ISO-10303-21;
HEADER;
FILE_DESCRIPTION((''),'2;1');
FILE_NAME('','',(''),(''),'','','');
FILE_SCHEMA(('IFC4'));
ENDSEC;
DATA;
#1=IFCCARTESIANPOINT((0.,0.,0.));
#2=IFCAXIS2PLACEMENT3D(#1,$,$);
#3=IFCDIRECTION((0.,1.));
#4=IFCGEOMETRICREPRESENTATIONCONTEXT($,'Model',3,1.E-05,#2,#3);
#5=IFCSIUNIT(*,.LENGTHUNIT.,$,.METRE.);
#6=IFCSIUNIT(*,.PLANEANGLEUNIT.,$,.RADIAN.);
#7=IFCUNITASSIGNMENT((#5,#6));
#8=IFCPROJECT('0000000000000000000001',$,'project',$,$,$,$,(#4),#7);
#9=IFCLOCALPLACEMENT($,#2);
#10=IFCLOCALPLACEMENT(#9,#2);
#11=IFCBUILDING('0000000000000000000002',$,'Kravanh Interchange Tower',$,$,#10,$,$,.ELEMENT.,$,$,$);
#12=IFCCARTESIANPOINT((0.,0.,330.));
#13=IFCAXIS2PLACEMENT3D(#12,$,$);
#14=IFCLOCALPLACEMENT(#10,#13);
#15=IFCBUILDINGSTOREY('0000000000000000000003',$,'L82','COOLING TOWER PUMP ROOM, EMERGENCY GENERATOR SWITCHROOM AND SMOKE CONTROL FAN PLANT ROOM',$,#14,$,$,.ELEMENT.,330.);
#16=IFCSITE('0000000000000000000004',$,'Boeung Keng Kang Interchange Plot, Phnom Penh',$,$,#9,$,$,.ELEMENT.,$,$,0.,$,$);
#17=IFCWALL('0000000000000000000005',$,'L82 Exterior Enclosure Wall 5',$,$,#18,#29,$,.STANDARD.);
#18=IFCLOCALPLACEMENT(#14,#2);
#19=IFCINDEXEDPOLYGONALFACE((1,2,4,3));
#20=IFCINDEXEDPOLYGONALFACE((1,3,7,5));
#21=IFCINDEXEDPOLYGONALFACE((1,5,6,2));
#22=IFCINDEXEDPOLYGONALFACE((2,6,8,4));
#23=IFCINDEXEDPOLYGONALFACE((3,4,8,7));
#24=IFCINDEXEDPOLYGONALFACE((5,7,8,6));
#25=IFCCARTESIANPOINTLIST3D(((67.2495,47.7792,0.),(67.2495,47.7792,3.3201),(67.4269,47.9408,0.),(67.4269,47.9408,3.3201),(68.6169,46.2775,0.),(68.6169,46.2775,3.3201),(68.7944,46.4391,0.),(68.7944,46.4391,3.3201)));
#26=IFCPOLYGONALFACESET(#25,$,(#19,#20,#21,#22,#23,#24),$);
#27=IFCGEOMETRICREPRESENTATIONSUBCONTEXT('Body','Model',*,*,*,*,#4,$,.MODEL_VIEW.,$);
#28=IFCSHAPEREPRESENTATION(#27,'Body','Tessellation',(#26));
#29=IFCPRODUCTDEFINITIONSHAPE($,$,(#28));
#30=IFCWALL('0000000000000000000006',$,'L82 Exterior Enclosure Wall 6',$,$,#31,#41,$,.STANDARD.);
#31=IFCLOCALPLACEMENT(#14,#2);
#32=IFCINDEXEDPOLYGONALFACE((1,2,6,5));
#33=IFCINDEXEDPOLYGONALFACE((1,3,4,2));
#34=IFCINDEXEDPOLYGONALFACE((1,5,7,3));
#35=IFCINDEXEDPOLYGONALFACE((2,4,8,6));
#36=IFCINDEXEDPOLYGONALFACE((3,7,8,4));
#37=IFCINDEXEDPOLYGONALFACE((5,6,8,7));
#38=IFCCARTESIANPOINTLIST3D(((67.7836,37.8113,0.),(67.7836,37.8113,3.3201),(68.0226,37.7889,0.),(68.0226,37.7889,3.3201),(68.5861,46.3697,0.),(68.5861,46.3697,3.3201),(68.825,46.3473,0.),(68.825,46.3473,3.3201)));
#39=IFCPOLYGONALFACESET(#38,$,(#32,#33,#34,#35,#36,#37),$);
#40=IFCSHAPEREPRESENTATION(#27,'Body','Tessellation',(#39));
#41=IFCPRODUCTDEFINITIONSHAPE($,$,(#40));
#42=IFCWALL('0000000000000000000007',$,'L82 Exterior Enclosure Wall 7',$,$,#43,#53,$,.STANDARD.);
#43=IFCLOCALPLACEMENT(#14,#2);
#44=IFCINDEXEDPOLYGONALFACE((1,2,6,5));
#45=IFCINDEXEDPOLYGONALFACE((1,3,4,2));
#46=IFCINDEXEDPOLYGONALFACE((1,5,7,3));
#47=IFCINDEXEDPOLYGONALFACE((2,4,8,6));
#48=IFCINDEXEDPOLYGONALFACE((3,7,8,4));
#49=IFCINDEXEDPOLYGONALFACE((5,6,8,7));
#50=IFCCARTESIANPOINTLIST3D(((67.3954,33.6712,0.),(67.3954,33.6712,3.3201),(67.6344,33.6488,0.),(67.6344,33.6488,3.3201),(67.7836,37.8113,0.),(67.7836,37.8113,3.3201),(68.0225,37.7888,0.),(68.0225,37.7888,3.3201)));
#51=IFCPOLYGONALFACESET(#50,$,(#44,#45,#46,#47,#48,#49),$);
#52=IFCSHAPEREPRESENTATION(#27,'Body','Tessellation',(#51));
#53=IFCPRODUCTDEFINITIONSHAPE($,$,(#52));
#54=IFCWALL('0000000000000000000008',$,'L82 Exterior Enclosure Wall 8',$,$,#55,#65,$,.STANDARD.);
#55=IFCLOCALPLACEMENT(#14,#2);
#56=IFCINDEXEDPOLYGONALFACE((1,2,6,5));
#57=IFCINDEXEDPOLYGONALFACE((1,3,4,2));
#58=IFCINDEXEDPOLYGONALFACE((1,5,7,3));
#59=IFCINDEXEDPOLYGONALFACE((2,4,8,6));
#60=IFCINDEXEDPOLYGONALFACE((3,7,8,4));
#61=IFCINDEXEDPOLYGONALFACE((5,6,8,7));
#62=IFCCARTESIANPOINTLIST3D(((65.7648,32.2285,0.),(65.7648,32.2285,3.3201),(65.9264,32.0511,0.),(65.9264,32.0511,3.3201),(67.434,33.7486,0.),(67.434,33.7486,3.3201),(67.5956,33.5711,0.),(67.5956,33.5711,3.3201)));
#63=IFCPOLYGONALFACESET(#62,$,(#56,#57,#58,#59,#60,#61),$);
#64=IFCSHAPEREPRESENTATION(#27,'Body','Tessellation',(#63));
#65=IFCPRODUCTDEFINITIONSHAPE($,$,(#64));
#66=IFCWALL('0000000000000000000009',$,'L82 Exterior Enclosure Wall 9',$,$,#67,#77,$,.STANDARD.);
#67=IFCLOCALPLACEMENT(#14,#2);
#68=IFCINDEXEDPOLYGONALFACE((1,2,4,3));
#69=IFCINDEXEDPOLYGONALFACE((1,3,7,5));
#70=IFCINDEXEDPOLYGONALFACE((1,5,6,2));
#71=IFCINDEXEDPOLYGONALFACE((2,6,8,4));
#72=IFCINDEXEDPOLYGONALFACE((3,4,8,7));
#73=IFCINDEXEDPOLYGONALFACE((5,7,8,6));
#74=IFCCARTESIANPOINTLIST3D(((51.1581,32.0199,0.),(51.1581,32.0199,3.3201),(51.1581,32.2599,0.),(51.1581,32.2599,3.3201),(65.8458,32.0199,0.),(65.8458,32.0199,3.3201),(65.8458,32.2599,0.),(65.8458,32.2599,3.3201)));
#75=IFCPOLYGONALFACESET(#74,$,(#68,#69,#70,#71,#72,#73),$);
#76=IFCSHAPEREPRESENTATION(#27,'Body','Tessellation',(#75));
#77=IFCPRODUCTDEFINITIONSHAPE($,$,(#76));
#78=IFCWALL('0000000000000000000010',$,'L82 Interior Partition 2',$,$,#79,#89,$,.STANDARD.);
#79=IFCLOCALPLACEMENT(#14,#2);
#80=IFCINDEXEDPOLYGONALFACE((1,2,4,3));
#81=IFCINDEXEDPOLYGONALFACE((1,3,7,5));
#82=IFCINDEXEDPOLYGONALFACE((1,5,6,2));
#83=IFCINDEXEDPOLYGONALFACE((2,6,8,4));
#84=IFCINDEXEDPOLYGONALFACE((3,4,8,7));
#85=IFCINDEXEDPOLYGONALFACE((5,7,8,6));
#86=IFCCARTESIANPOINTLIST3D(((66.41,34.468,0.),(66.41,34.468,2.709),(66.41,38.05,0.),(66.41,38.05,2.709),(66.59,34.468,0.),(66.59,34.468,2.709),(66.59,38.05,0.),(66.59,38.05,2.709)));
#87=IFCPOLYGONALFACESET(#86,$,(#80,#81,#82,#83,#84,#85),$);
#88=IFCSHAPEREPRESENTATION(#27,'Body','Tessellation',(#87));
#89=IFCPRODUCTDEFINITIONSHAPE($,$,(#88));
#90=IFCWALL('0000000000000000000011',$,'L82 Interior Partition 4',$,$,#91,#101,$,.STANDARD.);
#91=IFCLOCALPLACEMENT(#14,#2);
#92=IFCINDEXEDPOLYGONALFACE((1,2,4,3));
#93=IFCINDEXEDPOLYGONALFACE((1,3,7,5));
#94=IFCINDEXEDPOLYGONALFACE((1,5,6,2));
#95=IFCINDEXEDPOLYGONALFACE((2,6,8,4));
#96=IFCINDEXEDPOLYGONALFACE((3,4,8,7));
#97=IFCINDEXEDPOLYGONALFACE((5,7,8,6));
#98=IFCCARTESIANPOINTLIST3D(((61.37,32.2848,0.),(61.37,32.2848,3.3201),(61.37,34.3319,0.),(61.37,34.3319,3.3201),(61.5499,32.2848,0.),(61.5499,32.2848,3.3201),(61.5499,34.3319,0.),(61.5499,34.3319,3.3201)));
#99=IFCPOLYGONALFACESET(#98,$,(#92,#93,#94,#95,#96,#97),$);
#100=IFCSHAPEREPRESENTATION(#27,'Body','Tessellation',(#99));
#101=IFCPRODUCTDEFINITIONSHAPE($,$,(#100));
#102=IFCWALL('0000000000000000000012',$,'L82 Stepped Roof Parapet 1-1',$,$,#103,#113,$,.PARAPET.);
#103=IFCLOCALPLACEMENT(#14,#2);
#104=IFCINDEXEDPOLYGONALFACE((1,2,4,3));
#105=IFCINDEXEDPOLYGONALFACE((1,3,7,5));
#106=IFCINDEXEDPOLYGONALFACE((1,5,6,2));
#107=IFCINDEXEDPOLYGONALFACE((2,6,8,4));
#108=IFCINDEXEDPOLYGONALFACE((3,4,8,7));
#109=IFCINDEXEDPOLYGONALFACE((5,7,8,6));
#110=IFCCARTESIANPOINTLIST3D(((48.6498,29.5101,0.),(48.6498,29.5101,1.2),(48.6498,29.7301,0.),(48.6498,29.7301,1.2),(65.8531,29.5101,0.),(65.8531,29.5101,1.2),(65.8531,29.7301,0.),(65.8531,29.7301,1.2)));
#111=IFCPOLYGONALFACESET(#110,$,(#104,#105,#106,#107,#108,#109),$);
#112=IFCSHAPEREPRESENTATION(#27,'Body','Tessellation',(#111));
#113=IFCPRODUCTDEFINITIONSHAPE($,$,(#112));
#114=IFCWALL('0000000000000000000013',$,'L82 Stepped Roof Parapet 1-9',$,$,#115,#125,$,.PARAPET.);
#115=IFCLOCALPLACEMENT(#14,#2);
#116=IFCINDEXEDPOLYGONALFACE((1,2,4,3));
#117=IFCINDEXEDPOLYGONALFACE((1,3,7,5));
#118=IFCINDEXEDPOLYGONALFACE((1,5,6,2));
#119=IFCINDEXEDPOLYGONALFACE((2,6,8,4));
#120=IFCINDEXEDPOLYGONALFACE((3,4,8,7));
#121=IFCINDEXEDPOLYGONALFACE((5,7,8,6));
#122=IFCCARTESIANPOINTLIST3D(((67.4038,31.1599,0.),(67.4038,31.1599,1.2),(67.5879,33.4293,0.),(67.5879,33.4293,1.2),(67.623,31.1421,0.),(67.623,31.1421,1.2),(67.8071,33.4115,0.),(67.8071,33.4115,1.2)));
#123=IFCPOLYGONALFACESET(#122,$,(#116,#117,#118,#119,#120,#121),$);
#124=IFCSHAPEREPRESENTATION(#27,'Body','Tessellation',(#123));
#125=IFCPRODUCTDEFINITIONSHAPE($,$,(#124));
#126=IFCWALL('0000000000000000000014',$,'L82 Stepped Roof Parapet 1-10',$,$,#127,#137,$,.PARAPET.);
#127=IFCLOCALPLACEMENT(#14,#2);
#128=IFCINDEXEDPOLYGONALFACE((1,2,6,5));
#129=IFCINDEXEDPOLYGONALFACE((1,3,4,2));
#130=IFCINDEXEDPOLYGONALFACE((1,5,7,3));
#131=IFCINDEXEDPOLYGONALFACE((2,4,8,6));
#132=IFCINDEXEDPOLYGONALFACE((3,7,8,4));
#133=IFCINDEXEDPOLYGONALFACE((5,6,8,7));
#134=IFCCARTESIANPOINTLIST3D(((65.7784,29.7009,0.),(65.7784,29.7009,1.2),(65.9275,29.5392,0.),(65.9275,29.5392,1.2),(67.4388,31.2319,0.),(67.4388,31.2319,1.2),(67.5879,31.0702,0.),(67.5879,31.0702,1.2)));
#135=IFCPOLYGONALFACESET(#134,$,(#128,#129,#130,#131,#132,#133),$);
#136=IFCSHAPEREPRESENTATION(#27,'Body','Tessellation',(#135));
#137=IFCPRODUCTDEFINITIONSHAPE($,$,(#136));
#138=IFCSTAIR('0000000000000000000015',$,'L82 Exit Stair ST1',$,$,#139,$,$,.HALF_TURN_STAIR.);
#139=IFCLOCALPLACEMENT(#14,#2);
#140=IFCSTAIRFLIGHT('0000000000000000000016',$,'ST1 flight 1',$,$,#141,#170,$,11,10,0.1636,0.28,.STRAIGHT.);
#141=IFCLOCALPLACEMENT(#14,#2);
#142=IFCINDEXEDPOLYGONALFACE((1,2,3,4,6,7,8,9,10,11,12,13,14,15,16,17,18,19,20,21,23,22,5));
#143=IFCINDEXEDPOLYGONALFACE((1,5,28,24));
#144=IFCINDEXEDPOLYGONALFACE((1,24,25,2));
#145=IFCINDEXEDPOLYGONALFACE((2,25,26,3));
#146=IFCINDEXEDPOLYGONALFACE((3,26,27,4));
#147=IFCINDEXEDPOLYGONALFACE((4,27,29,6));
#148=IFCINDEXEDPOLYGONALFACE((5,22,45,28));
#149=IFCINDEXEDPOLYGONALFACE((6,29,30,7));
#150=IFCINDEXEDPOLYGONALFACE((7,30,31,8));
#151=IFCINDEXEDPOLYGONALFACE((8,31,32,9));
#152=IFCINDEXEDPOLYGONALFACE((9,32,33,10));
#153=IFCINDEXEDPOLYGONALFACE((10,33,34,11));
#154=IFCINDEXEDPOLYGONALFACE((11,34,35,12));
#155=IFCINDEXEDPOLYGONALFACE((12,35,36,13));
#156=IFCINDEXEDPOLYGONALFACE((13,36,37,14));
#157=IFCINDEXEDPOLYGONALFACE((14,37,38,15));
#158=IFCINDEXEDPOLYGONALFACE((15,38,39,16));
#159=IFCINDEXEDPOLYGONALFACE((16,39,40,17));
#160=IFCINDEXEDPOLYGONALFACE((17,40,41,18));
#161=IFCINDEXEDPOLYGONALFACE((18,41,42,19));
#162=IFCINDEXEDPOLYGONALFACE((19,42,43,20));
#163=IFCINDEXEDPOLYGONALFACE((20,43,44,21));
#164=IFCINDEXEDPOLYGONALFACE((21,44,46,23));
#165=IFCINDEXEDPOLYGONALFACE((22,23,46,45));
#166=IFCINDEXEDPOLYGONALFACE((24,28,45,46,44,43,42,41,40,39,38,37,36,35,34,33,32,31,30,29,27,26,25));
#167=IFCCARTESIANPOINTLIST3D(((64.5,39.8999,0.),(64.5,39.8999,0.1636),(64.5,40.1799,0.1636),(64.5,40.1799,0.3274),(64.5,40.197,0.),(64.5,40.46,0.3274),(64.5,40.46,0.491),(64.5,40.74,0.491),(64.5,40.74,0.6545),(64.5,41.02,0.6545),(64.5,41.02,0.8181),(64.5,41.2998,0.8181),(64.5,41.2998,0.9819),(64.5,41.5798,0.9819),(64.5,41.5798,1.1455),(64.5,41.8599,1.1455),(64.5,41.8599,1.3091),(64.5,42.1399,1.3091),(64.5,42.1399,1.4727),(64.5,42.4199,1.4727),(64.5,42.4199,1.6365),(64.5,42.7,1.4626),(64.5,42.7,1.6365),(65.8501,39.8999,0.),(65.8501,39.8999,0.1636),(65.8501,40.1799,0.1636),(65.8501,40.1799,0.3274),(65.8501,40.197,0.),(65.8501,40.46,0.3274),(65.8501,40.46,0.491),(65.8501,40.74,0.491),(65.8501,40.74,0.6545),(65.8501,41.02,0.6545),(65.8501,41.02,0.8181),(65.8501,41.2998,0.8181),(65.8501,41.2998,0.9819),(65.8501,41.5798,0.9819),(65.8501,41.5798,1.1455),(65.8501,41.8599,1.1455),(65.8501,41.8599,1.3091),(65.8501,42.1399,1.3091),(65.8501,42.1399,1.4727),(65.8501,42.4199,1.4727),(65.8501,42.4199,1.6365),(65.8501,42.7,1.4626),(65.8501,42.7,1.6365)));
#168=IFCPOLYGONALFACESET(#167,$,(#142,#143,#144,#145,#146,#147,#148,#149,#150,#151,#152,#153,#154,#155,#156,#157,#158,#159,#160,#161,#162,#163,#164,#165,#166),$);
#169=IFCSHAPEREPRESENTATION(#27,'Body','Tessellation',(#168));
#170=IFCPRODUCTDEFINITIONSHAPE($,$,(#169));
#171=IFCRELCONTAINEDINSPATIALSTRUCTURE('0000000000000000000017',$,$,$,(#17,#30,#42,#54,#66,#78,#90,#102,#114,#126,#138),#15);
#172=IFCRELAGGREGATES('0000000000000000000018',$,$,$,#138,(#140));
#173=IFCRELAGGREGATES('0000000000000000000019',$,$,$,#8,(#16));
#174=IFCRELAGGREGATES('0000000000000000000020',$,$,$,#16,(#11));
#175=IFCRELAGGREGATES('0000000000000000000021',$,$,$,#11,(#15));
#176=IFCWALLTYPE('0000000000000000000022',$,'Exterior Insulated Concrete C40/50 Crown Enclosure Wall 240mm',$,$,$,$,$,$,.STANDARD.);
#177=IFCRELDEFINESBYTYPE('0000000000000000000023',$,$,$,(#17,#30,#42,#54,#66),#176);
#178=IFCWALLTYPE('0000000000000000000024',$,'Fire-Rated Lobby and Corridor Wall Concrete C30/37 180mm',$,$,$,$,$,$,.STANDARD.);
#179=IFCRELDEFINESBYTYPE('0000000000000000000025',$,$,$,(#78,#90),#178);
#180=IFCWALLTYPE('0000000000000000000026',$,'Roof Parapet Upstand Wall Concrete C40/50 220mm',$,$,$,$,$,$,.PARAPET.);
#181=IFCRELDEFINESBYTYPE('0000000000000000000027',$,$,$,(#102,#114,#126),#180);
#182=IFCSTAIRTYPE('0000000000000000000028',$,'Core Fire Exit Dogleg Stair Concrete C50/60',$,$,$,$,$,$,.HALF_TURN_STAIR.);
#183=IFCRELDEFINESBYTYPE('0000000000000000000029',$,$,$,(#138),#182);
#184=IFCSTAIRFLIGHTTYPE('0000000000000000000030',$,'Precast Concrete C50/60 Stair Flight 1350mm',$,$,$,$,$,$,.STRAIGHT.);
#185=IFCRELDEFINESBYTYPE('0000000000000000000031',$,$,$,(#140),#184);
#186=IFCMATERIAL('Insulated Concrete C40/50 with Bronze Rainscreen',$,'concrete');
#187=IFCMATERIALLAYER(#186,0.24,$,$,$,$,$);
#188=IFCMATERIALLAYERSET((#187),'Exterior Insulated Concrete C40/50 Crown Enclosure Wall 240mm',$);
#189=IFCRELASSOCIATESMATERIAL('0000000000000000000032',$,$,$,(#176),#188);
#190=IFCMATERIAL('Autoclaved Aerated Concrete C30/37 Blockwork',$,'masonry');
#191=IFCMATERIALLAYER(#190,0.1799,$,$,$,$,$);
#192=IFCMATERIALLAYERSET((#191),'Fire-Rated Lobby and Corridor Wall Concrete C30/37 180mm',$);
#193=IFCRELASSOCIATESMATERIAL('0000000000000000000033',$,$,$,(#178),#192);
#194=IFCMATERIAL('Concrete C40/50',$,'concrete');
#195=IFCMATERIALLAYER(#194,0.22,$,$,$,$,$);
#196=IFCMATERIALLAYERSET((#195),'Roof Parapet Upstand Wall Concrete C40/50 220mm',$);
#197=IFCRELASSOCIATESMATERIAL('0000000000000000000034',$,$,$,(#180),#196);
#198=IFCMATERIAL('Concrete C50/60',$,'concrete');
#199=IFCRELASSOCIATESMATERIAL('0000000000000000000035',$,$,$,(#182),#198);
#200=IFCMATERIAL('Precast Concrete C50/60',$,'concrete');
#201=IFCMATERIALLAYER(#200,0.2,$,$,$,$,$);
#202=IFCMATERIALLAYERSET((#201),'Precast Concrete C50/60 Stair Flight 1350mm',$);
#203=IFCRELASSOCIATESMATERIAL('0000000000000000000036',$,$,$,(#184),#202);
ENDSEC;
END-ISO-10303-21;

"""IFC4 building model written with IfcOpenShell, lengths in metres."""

from ifc_helpers import new_model, si_unit, direction, frame, frame_2d, origin, place, context, subcontext, project, spatial, polyline, rectangle, outline, extrude, material, layer, layer_set, type_object, element, aggregate, save


model = new_model("IFC4")

# Units and contexts
model_context = context("Model", 3, precision=1e-05, world=origin(), true_north=direction((0.0, 1.0)))
body_context = subcontext(model_context, "Body", "Model", "MODEL_VIEW")
ifc_project = project(units=[si_unit("LENGTHUNIT", "METRE"), si_unit("PLANEANGLEUNIT", "RADIAN")], contexts=[model_context])

# Site, building, storey
site_placement = place(None, origin())
site = spatial("IfcSite", under=ifc_project, at=site_placement, Name="Boeung Keng Kang Interchange Plot, Phnom Penh", CompositionType="ELEMENT", RefElevation=0.0)
building_placement = place(site_placement, origin())
building = spatial("IfcBuilding", under=site, at=building_placement, Name="Kravanh Interchange Tower", CompositionType="ELEMENT")
storey_placement = place(building_placement, frame((0.0, 0.0, 330.0)))
storey = spatial("IfcBuildingStorey", under=building, at=storey_placement, Name="L82", Description="COOLING TOWER PUMP ROOM, EMERGENCY GENERATOR SWITCHROOM AND SMOKE CONTROL FAN PLANT ROOM", CompositionType="ELEMENT", Elevation=330.0)

# Walls
ifc_material_1 = material(Name="Insulated Concrete C40/50 with Bronze Rainscreen", Category="concrete")
ifc_layer_1 = layer(ifc_material_1, 0.24)
ifc_layer_set_1 = layer_set([ifc_layer_1], Name="Exterior Insulated Concrete C40/50 Crown Enclosure Wall 240mm")
wall_type_1 = type_object("IfcWallType", Name="Exterior Insulated Concrete C40/50 Crown Enclosure Wall 240mm", PredefinedType="STANDARD", material=ifc_layer_set_1)
wall_1_placement = place(storey_placement, frame((67.3381, 47.8601, 0.0), z_axis=(0.0, 0.0, 1.0), x_axis=(0.673277, -0.73939, 0.0)))
element("IfcWall", 1, at=wall_1_placement, inside=storey, type_object=wall_type_1, Name="L82 Exterior Enclosure Wall 5", PredefinedType="STANDARD", context=body_context, shape_type="SweptSolid", body=[
    extrude(rectangle(XDim=2.031, YDim=0.24, at=frame_2d((1.0156, 0.0))), origin(), (0.0, 0.0, 1.0), 3.3201),
])
wall_2_placement = place(storey_placement, frame((68.7056, 46.3584, 0.0), z_axis=(0.0, 0.0, 1.0), x_axis=(-0.093357, -0.995633, 0.0)))
element("IfcWall", 2, at=wall_2_placement, inside=storey, type_object=wall_type_1, Name="L82 Exterior Enclosure Wall 6", PredefinedType="STANDARD", context=body_context, shape_type="SweptSolid", body=[
    extrude(rectangle(XDim=8.5959, YDim=0.24, at=frame_2d((4.2979, 0.0))), origin(), (0.0, 0.0, 1.0), 3.3201),
])
wall_3_placement = place(storey_placement, frame((67.9031, 37.8, 0.0), z_axis=(0.0, 0.0, 1.0), x_axis=(-0.093352, -0.995633, 0.0)))
element("IfcWall", 3, at=wall_3_placement, inside=storey, type_object=wall_type_1, Name="L82 Exterior Enclosure Wall 7", PredefinedType="STANDARD", context=body_context, shape_type="SweptSolid", body=[
    extrude(rectangle(XDim=4.1582, YDim=0.24, at=frame_2d((2.0791, 0.0))), origin(), (0.0, 0.0, 1.0), 3.3201),
])
wall_4_placement = place(storey_placement, frame((67.5149, 33.6599, 0.0), z_axis=(0.0, 0.0, 1.0), x_axis=(-0.739372, -0.673297, 0.0)))
element("IfcWall", 4, at=wall_4_placement, inside=storey, type_object=wall_type_1, Name="L82 Exterior Enclosure Wall 8", PredefinedType="STANDARD", context=body_context, shape_type="SweptSolid", body=[
    extrude(rectangle(XDim=2.2576, YDim=0.24, at=frame_2d((1.1289, 0.0))), origin(), (0.0, 0.0, 1.0), 3.3201),
])
wall_5_placement = place(storey_placement, frame((65.8457, 32.1399, 0.0), z_axis=(0.0, 0.0, 1.0), x_axis=(-1.0, 0.0, 0.0)))
element("IfcWall", 5, at=wall_5_placement, inside=storey, type_object=wall_type_1, Name="L82 Exterior Enclosure Wall 9", PredefinedType="STANDARD", context=body_context, shape_type="SweptSolid", body=[
    extrude(rectangle(XDim=14.6877, YDim=0.24, at=frame_2d((7.3438, 0.0))), origin(), (0.0, 0.0, 1.0), 3.3201),
])
ifc_material_2 = material(Name="Autoclaved Aerated Concrete C30/37 Blockwork", Category="masonry")
ifc_layer_2 = layer(ifc_material_2, 0.1799)
ifc_layer_set_2 = layer_set([ifc_layer_2], Name="Fire-Rated Lobby and Corridor Wall Concrete C30/37 180mm")
wall_type_2 = type_object("IfcWallType", Name="Fire-Rated Lobby and Corridor Wall Concrete C30/37 180mm", PredefinedType="STANDARD", material=ifc_layer_set_2)
wall_6_placement = place(storey_placement, frame((66.5, 34.468, 0.0), z_axis=(0.0, 0.0, 1.0), x_axis=(0.0, 1.0, 0.0)))
element("IfcWall", 6, at=wall_6_placement, inside=storey, type_object=wall_type_2, Name="L82 Interior Partition 2", PredefinedType="STANDARD", context=body_context, shape_type="SweptSolid", body=[
    extrude(rectangle(XDim=3.582, YDim=0.1799, at=frame_2d((1.791, 0.0))), origin(), (0.0, 0.0, 1.0), 2.709),
])
wall_7_placement = place(storey_placement, frame((61.46, 32.2849, 0.0), z_axis=(0.0, 0.0, 1.0), x_axis=(0.0, 1.0, 0.0)))
element("IfcWall", 7, at=wall_7_placement, inside=storey, type_object=wall_type_2, Name="L82 Interior Partition 4", PredefinedType="STANDARD", context=body_context, shape_type="SweptSolid", body=[
    extrude(rectangle(XDim=2.0471, YDim=0.1799, at=frame_2d((1.0234, 0.0))), origin(), (0.0, 0.0, 1.0), 3.3201),
])
ifc_material_3 = material(Name="Concrete C40/50", Category="concrete")
ifc_layer_3 = layer(ifc_material_3, 0.22)
ifc_layer_set_3 = layer_set([ifc_layer_3], Name="Roof Parapet Upstand Wall Concrete C40/50 220mm")
wall_type_3 = type_object("IfcWallType", Name="Roof Parapet Upstand Wall Concrete C40/50 220mm", PredefinedType="PARAPET", material=ifc_layer_set_3)
wall_8_placement = place(storey_placement, frame((65.853, 29.6201, 0.0), z_axis=(0.0, 0.0, 1.0), x_axis=(-1.0, 0.0, 0.0)))
element("IfcWall", 8, at=wall_8_placement, inside=storey, type_object=wall_type_3, Name="L82 Stepped Roof Parapet 1-1", PredefinedType="PARAPET", context=body_context, shape_type="SweptSolid", body=[
    extrude(rectangle(XDim=17.2034, YDim=0.22, at=frame_2d((8.6016, 0.0))), origin(), (0.0, 0.0, 1.0), 1.2),
])
wall_9_placement = place(storey_placement, frame((67.6975, 33.4204, 0.0), z_axis=(0.0, 0.0, 1.0), x_axis=(-0.080853, -0.996726, 0.0)))
element("IfcWall", 9, at=wall_9_placement, inside=storey, type_object=wall_type_3, Name="L82 Stepped Roof Parapet 1-9", PredefinedType="PARAPET", context=body_context, shape_type="SweptSolid", body=[
    extrude(rectangle(XDim=2.2769, YDim=0.22, at=frame_2d((1.1384, 0.0))), origin(), (0.0, 0.0, 1.0), 1.2),
])
wall_10_placement = place(storey_placement, frame((67.5134, 31.1511, 0.0), z_axis=(0.0, 0.0, 1.0), x_axis=(-0.735172, -0.67788, 0.0)))
element("IfcWall", 10, at=wall_10_placement, inside=storey, type_object=wall_type_3, Name="L82 Stepped Roof Parapet 1-10", PredefinedType="PARAPET", context=body_context, shape_type="SweptSolid", body=[
    extrude(rectangle(XDim=2.2585, YDim=0.22, at=frame_2d((1.1294, 0.0))), origin(), (0.0, 0.0, 1.0), 1.2),
])

# Stair, stair flight
ifc_material_4 = material(Name="Concrete C50/60", Category="concrete")
stair_type = type_object("IfcStairType", Name="Core Fire Exit Dogleg Stair Concrete C50/60", PredefinedType="HALF_TURN_STAIR", material=ifc_material_4)
stair_1_placement = place(storey_placement, origin())
stair_1 = element("IfcStair", 11, at=stair_1_placement, inside=storey, type_object=stair_type, Name="L82 Exit Stair ST1", PredefinedType="HALF_TURN_STAIR")
ifc_material_5 = material(Name="Precast Concrete C50/60", Category="concrete")
ifc_layer_4 = layer(ifc_material_5, 0.2)
ifc_layer_set_4 = layer_set([ifc_layer_4], Name="Precast Concrete C50/60 Stair Flight 1350mm")
stair_flight_type = type_object("IfcStairFlightType", Name="Precast Concrete C50/60 Stair Flight 1350mm", PredefinedType="STRAIGHT", material=ifc_layer_set_4)
stair_flight_1_placement = place(storey_placement, frame((65.175, 39.8999, 0.0), z_axis=(0.0, 0.0, 1.0), x_axis=(0.0, 1.0, 0.0)))
stair_flight_1 = element("IfcStairFlight", 12, at=stair_flight_1_placement, type_object=stair_flight_type, Name="ST1 flight 1", NumberOfRisers=11, NumberOfTreads=10, PredefinedType="STRAIGHT", RiserHeight=0.1636, TreadLength=0.28, context=body_context, shape_type="SweptSolid", body=[
    extrude(outline(polyline([(0.0, 0.0), (0.0, 0.1636), (0.28, 0.1636), (0.28, 0.3274), (0.5601, 0.3274), (0.5601, 0.491), (0.8401, 0.491), (0.8401, 0.6545), (1.1201, 0.6545), (1.1201, 0.8181), (1.3999, 0.8181), (1.3999, 0.9819), (1.6799, 0.9819), (1.6799, 1.1455), (1.96, 1.1455), (1.96, 1.3091), (2.24, 1.3091), (2.24, 1.4727), (2.52, 1.4727), (2.52, 1.6365), (2.8, 1.6365), (2.8, 1.8), (2.8, 1.4626), (0.2971, 0.0), (0.0, 0.0)])), frame((0.0, 0.675, 0.0), z_axis=(0.0, -1.0, 0.0), x_axis=(1.0, 0.0, 0.0)), (0.0, 0.0, 1.0), 1.3501),
])
aggregate(stair_1, [stair_flight_1])

save(model, "model.ifc")
